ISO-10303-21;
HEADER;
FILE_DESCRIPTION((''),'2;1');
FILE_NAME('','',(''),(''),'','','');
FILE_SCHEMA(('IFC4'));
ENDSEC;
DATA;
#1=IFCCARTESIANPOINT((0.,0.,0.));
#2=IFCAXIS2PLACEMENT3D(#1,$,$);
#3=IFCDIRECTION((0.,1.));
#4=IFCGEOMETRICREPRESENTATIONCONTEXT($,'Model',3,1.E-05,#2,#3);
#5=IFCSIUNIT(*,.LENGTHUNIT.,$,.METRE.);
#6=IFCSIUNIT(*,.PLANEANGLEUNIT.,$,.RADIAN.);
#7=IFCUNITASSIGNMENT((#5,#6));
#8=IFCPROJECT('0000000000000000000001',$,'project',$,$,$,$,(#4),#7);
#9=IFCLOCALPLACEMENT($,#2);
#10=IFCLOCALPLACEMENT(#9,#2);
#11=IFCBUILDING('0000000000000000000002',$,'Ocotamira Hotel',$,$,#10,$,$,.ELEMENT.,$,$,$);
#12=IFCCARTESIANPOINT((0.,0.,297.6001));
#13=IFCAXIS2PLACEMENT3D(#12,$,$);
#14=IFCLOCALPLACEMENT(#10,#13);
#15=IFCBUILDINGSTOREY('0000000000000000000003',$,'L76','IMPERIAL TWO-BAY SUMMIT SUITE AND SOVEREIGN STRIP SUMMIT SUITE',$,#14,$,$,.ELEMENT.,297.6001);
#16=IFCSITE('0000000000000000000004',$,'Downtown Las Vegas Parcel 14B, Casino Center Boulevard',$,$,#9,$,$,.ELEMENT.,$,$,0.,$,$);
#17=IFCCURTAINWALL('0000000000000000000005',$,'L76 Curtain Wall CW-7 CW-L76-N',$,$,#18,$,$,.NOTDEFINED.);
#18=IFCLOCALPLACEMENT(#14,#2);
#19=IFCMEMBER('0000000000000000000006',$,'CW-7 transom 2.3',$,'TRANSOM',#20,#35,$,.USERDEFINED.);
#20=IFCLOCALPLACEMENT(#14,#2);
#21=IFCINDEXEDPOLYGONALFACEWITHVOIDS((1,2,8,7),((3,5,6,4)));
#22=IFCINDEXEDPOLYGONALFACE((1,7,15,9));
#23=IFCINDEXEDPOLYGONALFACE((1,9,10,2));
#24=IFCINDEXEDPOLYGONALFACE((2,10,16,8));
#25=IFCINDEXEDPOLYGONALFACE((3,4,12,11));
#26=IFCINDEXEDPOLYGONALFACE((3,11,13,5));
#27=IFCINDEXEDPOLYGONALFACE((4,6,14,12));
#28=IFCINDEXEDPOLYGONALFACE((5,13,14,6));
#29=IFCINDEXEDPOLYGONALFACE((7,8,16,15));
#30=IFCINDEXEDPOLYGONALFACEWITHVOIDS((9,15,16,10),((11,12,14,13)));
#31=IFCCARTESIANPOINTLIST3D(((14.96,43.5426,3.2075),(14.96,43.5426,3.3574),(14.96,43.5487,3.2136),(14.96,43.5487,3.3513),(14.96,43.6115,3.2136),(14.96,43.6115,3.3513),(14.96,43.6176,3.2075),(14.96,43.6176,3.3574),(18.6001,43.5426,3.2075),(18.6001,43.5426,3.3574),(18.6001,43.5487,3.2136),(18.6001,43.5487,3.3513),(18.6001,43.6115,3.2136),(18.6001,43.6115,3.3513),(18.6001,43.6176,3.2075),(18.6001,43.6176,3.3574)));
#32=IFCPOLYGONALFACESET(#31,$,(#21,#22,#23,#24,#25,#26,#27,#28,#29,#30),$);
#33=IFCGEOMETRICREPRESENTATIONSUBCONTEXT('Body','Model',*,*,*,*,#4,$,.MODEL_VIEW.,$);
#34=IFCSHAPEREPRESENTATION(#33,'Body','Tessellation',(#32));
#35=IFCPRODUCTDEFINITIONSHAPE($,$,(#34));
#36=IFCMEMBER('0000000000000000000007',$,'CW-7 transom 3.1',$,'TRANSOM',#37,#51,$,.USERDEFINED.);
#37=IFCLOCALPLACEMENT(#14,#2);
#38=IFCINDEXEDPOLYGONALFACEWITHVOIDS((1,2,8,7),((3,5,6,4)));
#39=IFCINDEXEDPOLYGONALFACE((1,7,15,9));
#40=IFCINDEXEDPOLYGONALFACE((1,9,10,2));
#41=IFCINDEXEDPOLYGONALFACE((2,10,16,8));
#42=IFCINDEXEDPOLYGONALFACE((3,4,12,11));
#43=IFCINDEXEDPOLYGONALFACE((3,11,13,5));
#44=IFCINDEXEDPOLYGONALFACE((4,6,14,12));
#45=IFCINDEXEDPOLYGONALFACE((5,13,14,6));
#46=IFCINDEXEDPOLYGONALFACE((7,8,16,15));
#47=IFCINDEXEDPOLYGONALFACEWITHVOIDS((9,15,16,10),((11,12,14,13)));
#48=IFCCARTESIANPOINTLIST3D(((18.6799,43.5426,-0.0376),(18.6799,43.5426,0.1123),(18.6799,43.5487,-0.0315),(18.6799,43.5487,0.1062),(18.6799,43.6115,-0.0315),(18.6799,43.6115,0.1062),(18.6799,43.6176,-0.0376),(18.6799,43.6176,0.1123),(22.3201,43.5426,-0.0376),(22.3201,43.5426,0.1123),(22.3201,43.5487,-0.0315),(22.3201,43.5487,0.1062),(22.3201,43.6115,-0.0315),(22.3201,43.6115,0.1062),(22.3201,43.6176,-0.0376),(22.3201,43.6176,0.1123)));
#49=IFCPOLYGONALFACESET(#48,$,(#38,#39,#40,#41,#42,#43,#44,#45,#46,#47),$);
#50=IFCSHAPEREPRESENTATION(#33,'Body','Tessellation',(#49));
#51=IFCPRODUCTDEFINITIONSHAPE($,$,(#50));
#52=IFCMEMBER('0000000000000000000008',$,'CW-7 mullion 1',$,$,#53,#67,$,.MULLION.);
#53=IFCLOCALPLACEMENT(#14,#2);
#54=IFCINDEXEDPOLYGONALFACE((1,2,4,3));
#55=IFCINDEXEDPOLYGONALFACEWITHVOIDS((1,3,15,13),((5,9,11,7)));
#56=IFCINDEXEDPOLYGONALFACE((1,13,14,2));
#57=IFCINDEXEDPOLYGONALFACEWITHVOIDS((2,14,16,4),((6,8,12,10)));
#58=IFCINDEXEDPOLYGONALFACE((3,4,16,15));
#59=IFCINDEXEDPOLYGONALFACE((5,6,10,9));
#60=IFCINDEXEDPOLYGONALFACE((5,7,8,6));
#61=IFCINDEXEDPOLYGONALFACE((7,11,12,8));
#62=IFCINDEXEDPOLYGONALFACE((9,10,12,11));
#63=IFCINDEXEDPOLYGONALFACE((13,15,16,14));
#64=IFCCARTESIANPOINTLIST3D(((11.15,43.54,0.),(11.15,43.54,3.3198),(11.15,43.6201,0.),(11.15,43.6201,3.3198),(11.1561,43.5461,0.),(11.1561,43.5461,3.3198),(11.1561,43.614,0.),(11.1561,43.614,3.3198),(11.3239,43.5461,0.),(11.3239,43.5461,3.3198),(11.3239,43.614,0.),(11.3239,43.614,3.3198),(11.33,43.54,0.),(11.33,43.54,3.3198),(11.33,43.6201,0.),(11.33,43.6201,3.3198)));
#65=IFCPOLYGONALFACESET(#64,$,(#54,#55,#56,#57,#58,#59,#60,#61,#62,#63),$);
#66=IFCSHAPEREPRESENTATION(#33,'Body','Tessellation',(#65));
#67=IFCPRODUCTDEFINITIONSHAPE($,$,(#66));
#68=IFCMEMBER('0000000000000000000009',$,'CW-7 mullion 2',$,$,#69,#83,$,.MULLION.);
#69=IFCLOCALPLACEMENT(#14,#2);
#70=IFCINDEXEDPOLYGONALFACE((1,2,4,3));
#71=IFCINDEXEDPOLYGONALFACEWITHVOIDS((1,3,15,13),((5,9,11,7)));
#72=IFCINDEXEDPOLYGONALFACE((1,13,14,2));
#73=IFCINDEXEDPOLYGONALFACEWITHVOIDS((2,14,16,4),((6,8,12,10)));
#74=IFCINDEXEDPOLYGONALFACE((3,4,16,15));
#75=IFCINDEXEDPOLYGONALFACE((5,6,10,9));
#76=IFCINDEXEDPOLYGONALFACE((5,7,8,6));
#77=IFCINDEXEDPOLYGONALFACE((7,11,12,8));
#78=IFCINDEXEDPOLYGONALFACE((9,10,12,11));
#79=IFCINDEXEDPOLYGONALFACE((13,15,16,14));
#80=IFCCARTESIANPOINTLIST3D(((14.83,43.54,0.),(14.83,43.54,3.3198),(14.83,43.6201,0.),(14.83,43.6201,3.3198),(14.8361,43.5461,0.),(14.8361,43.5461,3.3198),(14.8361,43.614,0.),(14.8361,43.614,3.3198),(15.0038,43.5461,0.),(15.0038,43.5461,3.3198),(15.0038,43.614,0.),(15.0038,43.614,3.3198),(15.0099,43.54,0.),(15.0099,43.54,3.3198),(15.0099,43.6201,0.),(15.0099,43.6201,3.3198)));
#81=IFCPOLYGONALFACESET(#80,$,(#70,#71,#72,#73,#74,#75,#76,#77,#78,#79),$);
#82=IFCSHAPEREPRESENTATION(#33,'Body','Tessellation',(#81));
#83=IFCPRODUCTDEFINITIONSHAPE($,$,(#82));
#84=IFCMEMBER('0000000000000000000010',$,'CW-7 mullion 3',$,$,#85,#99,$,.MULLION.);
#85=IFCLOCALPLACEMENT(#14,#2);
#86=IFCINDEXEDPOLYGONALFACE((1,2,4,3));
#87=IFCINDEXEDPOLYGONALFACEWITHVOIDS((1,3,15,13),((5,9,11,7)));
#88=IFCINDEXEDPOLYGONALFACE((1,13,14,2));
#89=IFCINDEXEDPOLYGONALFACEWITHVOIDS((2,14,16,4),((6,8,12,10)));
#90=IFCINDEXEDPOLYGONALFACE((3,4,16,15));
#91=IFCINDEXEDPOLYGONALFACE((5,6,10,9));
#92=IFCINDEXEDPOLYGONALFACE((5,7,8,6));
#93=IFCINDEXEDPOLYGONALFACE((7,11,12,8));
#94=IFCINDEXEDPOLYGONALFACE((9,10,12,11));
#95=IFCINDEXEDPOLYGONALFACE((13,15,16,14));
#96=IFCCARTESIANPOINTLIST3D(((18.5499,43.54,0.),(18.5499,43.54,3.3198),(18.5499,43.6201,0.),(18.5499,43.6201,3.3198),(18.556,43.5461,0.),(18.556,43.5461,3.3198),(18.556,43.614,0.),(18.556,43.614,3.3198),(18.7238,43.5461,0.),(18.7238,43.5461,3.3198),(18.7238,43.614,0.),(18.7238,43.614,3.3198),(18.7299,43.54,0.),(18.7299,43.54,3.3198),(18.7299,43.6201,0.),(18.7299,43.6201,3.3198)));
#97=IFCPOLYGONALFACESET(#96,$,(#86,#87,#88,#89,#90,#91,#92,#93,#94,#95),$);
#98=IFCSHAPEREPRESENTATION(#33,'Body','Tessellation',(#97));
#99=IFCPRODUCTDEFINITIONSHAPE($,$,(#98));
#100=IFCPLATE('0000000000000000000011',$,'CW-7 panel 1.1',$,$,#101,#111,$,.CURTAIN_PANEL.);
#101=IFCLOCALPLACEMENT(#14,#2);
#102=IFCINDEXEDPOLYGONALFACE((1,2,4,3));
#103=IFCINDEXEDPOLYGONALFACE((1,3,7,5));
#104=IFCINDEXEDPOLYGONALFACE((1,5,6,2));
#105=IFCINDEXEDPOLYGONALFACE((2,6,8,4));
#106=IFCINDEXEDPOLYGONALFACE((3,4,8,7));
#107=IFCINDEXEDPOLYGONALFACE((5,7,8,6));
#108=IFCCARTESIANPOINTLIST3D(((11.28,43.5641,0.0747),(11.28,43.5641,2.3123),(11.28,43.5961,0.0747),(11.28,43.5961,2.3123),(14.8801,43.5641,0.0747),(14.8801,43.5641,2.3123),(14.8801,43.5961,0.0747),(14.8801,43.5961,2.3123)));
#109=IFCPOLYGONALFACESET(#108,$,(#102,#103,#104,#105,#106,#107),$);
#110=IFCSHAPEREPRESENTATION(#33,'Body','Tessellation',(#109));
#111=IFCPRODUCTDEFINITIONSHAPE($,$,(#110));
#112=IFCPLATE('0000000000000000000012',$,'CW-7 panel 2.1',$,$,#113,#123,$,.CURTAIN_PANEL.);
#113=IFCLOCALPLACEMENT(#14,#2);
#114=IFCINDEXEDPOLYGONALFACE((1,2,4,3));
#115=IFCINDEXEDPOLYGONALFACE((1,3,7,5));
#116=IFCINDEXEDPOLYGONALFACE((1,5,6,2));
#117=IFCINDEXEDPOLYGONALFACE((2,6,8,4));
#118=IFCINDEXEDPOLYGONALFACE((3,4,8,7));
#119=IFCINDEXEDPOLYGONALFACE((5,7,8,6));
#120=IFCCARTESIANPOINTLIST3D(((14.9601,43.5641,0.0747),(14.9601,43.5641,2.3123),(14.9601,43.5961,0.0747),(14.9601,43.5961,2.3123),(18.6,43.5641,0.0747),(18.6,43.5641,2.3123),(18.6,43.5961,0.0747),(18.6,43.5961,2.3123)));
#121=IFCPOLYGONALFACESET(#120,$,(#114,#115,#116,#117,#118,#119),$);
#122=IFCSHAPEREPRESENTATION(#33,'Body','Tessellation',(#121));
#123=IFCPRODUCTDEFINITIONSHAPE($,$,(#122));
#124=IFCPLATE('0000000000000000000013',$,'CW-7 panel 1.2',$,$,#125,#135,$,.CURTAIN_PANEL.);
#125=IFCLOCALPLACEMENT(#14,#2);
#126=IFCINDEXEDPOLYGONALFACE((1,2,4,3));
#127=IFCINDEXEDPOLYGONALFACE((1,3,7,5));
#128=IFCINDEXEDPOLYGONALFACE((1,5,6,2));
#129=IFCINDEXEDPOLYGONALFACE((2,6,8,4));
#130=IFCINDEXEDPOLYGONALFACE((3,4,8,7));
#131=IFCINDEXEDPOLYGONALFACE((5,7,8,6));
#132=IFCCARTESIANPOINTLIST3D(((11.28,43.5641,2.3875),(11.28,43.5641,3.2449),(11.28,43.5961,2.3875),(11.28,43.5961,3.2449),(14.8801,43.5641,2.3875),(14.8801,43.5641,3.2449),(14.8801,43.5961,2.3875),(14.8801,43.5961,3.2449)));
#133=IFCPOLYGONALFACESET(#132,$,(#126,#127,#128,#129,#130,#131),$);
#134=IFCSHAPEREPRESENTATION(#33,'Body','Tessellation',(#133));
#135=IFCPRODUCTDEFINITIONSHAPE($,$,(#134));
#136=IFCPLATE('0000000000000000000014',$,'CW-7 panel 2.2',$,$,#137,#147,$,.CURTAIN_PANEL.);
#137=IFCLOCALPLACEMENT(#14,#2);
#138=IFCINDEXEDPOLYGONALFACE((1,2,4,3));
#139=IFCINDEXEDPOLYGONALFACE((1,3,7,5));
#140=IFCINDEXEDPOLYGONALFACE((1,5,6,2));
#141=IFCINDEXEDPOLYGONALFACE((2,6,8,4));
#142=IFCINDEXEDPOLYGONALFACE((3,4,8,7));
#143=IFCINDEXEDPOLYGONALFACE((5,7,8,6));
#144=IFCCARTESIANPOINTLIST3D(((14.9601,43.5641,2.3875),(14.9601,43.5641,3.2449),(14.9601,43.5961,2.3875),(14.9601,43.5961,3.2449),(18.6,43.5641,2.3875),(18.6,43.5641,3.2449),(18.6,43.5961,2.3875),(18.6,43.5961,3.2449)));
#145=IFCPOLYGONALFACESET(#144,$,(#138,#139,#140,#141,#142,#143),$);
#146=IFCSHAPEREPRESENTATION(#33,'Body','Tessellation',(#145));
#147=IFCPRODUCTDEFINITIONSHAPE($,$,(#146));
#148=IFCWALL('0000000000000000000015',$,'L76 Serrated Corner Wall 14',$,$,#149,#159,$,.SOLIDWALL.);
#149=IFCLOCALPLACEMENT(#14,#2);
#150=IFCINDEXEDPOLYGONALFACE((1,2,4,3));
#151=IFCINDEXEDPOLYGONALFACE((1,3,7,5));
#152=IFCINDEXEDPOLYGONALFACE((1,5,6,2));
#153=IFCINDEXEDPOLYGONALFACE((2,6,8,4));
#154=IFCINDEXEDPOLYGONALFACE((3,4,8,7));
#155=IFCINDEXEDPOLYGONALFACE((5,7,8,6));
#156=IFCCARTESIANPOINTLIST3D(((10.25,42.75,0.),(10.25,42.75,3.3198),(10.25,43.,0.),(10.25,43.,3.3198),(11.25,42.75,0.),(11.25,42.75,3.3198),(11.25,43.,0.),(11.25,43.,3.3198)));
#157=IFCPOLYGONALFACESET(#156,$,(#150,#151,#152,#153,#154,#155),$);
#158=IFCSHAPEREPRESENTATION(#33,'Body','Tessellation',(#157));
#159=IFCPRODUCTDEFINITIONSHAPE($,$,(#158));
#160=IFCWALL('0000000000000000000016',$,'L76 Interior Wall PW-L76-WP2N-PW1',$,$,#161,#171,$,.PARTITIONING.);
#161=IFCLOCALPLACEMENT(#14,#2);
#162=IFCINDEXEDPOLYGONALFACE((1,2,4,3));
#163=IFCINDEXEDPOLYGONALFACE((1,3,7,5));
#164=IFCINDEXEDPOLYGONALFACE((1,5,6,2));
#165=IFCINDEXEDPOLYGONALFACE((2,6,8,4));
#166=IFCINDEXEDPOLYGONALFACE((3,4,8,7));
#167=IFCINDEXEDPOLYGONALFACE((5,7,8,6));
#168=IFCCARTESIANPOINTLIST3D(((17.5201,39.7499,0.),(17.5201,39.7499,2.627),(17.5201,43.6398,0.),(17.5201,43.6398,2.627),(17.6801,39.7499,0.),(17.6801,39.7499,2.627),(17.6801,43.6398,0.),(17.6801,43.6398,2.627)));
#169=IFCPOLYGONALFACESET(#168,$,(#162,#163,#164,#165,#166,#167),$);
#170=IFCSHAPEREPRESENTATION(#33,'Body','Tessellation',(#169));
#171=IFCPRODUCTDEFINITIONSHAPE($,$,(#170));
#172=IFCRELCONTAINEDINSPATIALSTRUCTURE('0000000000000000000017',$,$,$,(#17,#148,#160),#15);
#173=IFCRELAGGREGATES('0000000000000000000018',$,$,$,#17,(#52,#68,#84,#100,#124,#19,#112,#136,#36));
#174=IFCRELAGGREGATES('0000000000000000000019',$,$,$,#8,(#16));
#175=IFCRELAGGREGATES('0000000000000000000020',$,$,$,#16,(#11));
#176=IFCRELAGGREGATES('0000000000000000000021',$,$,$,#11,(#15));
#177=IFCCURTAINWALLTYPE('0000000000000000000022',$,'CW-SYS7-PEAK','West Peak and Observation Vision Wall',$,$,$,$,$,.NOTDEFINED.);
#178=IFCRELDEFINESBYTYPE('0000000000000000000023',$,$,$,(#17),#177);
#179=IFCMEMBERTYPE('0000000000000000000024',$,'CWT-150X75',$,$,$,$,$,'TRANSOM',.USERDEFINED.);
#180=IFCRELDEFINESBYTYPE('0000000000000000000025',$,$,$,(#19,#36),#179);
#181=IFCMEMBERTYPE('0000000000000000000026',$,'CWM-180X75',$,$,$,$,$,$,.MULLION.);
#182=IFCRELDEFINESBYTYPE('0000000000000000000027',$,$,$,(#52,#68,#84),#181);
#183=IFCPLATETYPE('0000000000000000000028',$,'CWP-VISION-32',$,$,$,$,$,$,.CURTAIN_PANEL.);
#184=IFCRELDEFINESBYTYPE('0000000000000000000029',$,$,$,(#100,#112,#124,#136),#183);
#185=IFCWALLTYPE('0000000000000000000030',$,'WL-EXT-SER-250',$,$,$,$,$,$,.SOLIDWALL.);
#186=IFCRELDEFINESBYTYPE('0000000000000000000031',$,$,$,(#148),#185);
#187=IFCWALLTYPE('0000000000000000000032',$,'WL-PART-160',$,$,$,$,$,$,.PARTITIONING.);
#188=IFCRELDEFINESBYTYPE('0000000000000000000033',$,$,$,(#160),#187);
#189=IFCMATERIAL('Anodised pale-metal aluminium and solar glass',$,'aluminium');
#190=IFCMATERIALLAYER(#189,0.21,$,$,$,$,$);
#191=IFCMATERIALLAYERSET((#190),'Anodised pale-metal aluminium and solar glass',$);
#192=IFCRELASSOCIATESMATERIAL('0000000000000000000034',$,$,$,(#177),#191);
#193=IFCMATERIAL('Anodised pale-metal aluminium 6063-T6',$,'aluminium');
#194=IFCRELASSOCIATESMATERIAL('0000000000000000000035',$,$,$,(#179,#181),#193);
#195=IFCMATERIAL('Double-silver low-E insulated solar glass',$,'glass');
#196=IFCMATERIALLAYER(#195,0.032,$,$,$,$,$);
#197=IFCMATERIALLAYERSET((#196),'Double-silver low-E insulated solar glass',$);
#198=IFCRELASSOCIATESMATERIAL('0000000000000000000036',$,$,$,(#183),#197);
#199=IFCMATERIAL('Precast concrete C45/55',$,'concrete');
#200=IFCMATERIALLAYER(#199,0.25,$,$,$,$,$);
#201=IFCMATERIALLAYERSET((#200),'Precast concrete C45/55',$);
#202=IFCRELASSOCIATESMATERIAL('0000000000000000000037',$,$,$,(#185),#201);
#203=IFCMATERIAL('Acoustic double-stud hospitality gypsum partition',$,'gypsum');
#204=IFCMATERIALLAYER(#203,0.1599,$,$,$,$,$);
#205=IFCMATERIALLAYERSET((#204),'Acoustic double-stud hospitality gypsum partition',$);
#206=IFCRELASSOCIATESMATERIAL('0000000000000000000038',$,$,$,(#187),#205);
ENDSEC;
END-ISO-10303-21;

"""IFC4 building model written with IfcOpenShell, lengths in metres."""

from ifc_helpers import new_model, si_unit, direction, frame, frame_2d, origin, origin_2d, place, context, subcontext, project, spatial, rectangle, hollow_rectangle, extrude, source, transform, mapped, material, layer, layer_set, material_profile, profile_set, type_object, element, aggregate, save


model = new_model("IFC4")

# Units and contexts
model_context = context("Model", 3, precision=1e-05, world=origin(), true_north=direction((0.0, 1.0)))
body_context = subcontext(model_context, "Body", "Model", "MODEL_VIEW")
ifc_project = project(units=[si_unit("LENGTHUNIT", "METRE"), si_unit("PLANEANGLEUNIT", "RADIAN")], contexts=[model_context])

# Site, building, storey
site_placement = place(None, origin())
site = spatial("IfcSite", under=ifc_project, at=site_placement, Name="Downtown Las Vegas Parcel 14B, Casino Center Boulevard", CompositionType="ELEMENT", RefElevation=0.0)
building_placement = place(site_placement, origin())
building = spatial("IfcBuilding", under=site, at=building_placement, Name="Ocotamira Hotel", CompositionType="ELEMENT")
storey_placement = place(building_placement, frame((0.0, 0.0, 297.6001)))
storey = spatial("IfcBuildingStorey", under=building, at=storey_placement, Name="L76", Description="IMPERIAL TWO-BAY SUMMIT SUITE AND SOVEREIGN STRIP SUMMIT SUITE", CompositionType="ELEMENT", Elevation=297.6001)

# Curtain wall, members, plates
ifc_material_1 = material(Name="Anodised pale-metal aluminium and solar glass", Category="aluminium")
ifc_layer_1 = layer(ifc_material_1, 0.21)
ifc_layer_set_1 = layer_set([ifc_layer_1], Name="Anodised pale-metal aluminium and solar glass")
curtain_wall_type = type_object("IfcCurtainWallType", Name="CW-SYS7-PEAK", Description="West Peak and Observation Vision Wall", PredefinedType="NOTDEFINED", material=ifc_layer_set_1)
curtain_wall_placement = place(storey_placement, origin())
curtain_wall = element("IfcCurtainWall", 1, at=curtain_wall_placement, inside=storey, type_object=curtain_wall_type, Name="L76 Curtain Wall CW-7 CW-L76-N", PredefinedType="NOTDEFINED")
ifc_material_2 = material(Name="Anodised pale-metal aluminium 6063-T6", Category="aluminium")
ifc_material_profile_1 = material_profile(ifc_material_2, hollow_rectangle(XDim=0.075, YDim=0.1499, WallThickness=0.0061, at=origin_2d()), Name="HSS150X75X6")
ifc_profile_set_1 = profile_set([ifc_material_profile_1], Name="Anodised pale-metal aluminium 6063-T6")
member_type_1 = type_object("IfcMemberType", Name="CWT-150X75", ElementType="TRANSOM", PredefinedType="USERDEFINED", material=ifc_profile_set_1)
shared_shape_1 = source(origin(), body_context, "Body", "SweptSolid", [
    extrude(hollow_rectangle(XDim=0.075, YDim=0.1499, WallThickness=0.0061, at=origin_2d()), origin(), (0.0, 0.0, 1.0), 3.6401),
])
member_1_placement = place(storey_placement, frame((14.96, 43.5801, 3.2825), z_axis=(1.0, 0.0, 0.0), x_axis=(0.0, 1.0, 0.0)))
member_1 = element("IfcMember", 2, at=member_1_placement, type_object=member_type_1, Name="CW-7 transom 2.3", ObjectType="TRANSOM", PredefinedType="USERDEFINED", context=body_context, shape_type="MappedRepresentation", body=[
    mapped(shared_shape_1, transform((0.0, 0.0, 0.0), scale=1.0)),
])
member_2_placement = place(storey_placement, frame((18.6799, 43.5801, 0.0374), z_axis=(1.0, 0.0, 0.0), x_axis=(0.0, 1.0, 0.0)))
member_2 = element("IfcMember", 3, at=member_2_placement, type_object=member_type_1, Name="CW-7 transom 3.1", ObjectType="TRANSOM", PredefinedType="USERDEFINED", context=body_context, shape_type="MappedRepresentation", body=[
    mapped(shared_shape_1, transform((0.0, 0.0, 0.0), scale=1.0)),
])
ifc_material_profile_2 = material_profile(ifc_material_2, hollow_rectangle(XDim=0.0801, YDim=0.1799, WallThickness=0.0061, at=origin_2d()), Name="HSS180X80X6")
ifc_profile_set_2 = profile_set([ifc_material_profile_2], Name="Anodised pale-metal aluminium 6063-T6")
member_type_2 = type_object("IfcMemberType", Name="CWM-180X75", PredefinedType="MULLION", material=ifc_profile_set_2)
shared_shape_2 = source(origin(), body_context, "Body", "SweptSolid", [
    extrude(hollow_rectangle(XDim=0.0801, YDim=0.1799, WallThickness=0.0061, at=origin_2d()), origin(), (0.0, 0.0, 1.0), 3.3198),
])
member_3_placement = place(storey_placement, frame((11.24, 43.5801, 0.0), z_axis=(0.0, 0.0, 1.0), x_axis=(0.0, 1.0, 0.0)))
member_3 = element("IfcMember", 4, at=member_3_placement, type_object=member_type_2, Name="CW-7 mullion 1", PredefinedType="MULLION", context=body_context, shape_type="MappedRepresentation", body=[
    mapped(shared_shape_2, transform((0.0, 0.0, 0.0), scale=1.0)),
])
member_4_placement = place(storey_placement, frame((14.9199, 43.5801, 0.0), z_axis=(0.0, 0.0, 1.0), x_axis=(0.0, 1.0, 0.0)))
member_4 = element("IfcMember", 5, at=member_4_placement, type_object=member_type_2, Name="CW-7 mullion 2", PredefinedType="MULLION", context=body_context, shape_type="MappedRepresentation", body=[
    mapped(shared_shape_2, transform((0.0, 0.0, 0.0), scale=1.0)),
])
member_5_placement = place(storey_placement, frame((18.6399, 43.5801, 0.0), z_axis=(0.0, 0.0, 1.0), x_axis=(0.0, 1.0, 0.0)))
member_5 = element("IfcMember", 6, at=member_5_placement, type_object=member_type_2, Name="CW-7 mullion 3", PredefinedType="MULLION", context=body_context, shape_type="MappedRepresentation", body=[
    mapped(shared_shape_2, transform((0.0, 0.0, 0.0), scale=1.0)),
])
ifc_material_3 = material(Name="Double-silver low-E insulated solar glass", Category="glass")
ifc_layer_2 = layer(ifc_material_3, 0.032)
ifc_layer_set_2 = layer_set([ifc_layer_2], Name="Double-silver low-E insulated solar glass")
plate_type = type_object("IfcPlateType", Name="CWP-VISION-32", PredefinedType="CURTAIN_PANEL", material=ifc_layer_set_2)
shared_shape_3 = source(origin(), body_context, "Body", "SweptSolid", [
    extrude(rectangle(XDim=3.6001, YDim=0.032, at=origin_2d()), origin(), (0.0, 0.0, 1.0), 2.2375),
])
plate_1_placement = place(storey_placement, frame((13.0801, 43.5801, 0.0747), z_axis=(0.0, 0.0, 1.0), x_axis=(1.0, 0.0, 0.0)))
plate_1 = element("IfcPlate", 7, at=plate_1_placement, type_object=plate_type, Name="CW-7 panel 1.1", PredefinedType="CURTAIN_PANEL", context=body_context, shape_type="MappedRepresentation", body=[
    mapped(shared_shape_3, transform((0.0, 0.0, 0.0), scale=1.0)),
])
shared_shape_4 = source(origin(), body_context, "Body", "SweptSolid", [
    extrude(rectangle(XDim=3.6399, YDim=0.032, at=origin_2d()), origin(), (0.0, 0.0, 1.0), 2.2375),
])
plate_2_placement = place(storey_placement, frame((16.78, 43.5801, 0.0747), z_axis=(0.0, 0.0, 1.0), x_axis=(1.0, 0.0, 0.0)))
plate_2 = element("IfcPlate", 8, at=plate_2_placement, type_object=plate_type, Name="CW-7 panel 2.1", PredefinedType="CURTAIN_PANEL", context=body_context, shape_type="MappedRepresentation", body=[
    mapped(shared_shape_4, transform((0.0, 0.0, 0.0), scale=1.0)),
])
shared_shape_5 = source(origin(), body_context, "Body", "SweptSolid", [
    extrude(rectangle(XDim=3.6001, YDim=0.032, at=origin_2d()), origin(), (0.0, 0.0, 1.0), 0.8574),
])
plate_3_placement = place(storey_placement, frame((13.0801, 43.5801, 2.3875), z_axis=(0.0, 0.0, 1.0), x_axis=(1.0, 0.0, 0.0)))
plate_3 = element("IfcPlate", 9, at=plate_3_placement, type_object=plate_type, Name="CW-7 panel 1.2", PredefinedType="CURTAIN_PANEL", context=body_context, shape_type="MappedRepresentation", body=[
    mapped(shared_shape_5, transform((0.0, 0.0, 0.0), scale=1.0)),
])
shared_shape_6 = source(origin(), body_context, "Body", "SweptSolid", [
    extrude(rectangle(XDim=3.6399, YDim=0.032, at=origin_2d()), origin(), (0.0, 0.0, 1.0), 0.8574),
])
plate_4_placement = place(storey_placement, frame((16.78, 43.5801, 2.3875), z_axis=(0.0, 0.0, 1.0), x_axis=(1.0, 0.0, 0.0)))
plate_4 = element("IfcPlate", 10, at=plate_4_placement, type_object=plate_type, Name="CW-7 panel 2.2", PredefinedType="CURTAIN_PANEL", context=body_context, shape_type="MappedRepresentation", body=[
    mapped(shared_shape_6, transform((0.0, 0.0, 0.0), scale=1.0)),
])
aggregate(curtain_wall, [member_3, member_4, member_5, plate_1, plate_3, member_1, plate_2, plate_4, member_2])

# Walls
ifc_material_4 = material(Name="Precast concrete C45/55", Category="concrete")
ifc_layer_3 = layer(ifc_material_4, 0.25)
ifc_layer_set_3 = layer_set([ifc_layer_3], Name="Precast concrete C45/55")
wall_type_1 = type_object("IfcWallType", Name="WL-EXT-SER-250", PredefinedType="SOLIDWALL", material=ifc_layer_set_3)
wall_1_placement = place(storey_placement, frame((11.25, 42.875, 0.0), z_axis=(0.0, 0.0, 1.0), x_axis=(-1.0, 0.0, 0.0)))
element("IfcWall", 11, at=wall_1_placement, inside=storey, type_object=wall_type_1, Name="L76 Serrated Corner Wall 14", PredefinedType="SOLIDWALL", context=body_context, shape_type="SweptSolid", body=[
    extrude(rectangle(XDim=1.0, YDim=0.25, at=frame_2d((0.5, 0.0))), origin(), (0.0, 0.0, 1.0), 3.3198),
])
ifc_material_5 = material(Name="Acoustic double-stud hospitality gypsum partition", Category="gypsum")
ifc_layer_4 = layer(ifc_material_5, 0.1599)
ifc_layer_set_4 = layer_set([ifc_layer_4], Name="Acoustic double-stud hospitality gypsum partition")
wall_type_2 = type_object("IfcWallType", Name="WL-PART-160", PredefinedType="PARTITIONING", material=ifc_layer_set_4)
wall_2_placement = place(storey_placement, frame((17.6001, 39.75, 0.0), z_axis=(0.0, 0.0, 1.0), x_axis=(0.0, 1.0, 0.0)))
element("IfcWall", 12, at=wall_2_placement, inside=storey, type_object=wall_type_2, Name="L76 Interior Wall PW-L76-WP2N-PW1", PredefinedType="PARTITIONING", context=body_context, shape_type="SweptSolid", body=[
    extrude(rectangle(XDim=3.8899, YDim=0.1599, at=frame_2d((1.9448, 0.0))), origin(), (0.0, 0.0, 1.0), 2.627),
])

save(model, "model.ifc")
